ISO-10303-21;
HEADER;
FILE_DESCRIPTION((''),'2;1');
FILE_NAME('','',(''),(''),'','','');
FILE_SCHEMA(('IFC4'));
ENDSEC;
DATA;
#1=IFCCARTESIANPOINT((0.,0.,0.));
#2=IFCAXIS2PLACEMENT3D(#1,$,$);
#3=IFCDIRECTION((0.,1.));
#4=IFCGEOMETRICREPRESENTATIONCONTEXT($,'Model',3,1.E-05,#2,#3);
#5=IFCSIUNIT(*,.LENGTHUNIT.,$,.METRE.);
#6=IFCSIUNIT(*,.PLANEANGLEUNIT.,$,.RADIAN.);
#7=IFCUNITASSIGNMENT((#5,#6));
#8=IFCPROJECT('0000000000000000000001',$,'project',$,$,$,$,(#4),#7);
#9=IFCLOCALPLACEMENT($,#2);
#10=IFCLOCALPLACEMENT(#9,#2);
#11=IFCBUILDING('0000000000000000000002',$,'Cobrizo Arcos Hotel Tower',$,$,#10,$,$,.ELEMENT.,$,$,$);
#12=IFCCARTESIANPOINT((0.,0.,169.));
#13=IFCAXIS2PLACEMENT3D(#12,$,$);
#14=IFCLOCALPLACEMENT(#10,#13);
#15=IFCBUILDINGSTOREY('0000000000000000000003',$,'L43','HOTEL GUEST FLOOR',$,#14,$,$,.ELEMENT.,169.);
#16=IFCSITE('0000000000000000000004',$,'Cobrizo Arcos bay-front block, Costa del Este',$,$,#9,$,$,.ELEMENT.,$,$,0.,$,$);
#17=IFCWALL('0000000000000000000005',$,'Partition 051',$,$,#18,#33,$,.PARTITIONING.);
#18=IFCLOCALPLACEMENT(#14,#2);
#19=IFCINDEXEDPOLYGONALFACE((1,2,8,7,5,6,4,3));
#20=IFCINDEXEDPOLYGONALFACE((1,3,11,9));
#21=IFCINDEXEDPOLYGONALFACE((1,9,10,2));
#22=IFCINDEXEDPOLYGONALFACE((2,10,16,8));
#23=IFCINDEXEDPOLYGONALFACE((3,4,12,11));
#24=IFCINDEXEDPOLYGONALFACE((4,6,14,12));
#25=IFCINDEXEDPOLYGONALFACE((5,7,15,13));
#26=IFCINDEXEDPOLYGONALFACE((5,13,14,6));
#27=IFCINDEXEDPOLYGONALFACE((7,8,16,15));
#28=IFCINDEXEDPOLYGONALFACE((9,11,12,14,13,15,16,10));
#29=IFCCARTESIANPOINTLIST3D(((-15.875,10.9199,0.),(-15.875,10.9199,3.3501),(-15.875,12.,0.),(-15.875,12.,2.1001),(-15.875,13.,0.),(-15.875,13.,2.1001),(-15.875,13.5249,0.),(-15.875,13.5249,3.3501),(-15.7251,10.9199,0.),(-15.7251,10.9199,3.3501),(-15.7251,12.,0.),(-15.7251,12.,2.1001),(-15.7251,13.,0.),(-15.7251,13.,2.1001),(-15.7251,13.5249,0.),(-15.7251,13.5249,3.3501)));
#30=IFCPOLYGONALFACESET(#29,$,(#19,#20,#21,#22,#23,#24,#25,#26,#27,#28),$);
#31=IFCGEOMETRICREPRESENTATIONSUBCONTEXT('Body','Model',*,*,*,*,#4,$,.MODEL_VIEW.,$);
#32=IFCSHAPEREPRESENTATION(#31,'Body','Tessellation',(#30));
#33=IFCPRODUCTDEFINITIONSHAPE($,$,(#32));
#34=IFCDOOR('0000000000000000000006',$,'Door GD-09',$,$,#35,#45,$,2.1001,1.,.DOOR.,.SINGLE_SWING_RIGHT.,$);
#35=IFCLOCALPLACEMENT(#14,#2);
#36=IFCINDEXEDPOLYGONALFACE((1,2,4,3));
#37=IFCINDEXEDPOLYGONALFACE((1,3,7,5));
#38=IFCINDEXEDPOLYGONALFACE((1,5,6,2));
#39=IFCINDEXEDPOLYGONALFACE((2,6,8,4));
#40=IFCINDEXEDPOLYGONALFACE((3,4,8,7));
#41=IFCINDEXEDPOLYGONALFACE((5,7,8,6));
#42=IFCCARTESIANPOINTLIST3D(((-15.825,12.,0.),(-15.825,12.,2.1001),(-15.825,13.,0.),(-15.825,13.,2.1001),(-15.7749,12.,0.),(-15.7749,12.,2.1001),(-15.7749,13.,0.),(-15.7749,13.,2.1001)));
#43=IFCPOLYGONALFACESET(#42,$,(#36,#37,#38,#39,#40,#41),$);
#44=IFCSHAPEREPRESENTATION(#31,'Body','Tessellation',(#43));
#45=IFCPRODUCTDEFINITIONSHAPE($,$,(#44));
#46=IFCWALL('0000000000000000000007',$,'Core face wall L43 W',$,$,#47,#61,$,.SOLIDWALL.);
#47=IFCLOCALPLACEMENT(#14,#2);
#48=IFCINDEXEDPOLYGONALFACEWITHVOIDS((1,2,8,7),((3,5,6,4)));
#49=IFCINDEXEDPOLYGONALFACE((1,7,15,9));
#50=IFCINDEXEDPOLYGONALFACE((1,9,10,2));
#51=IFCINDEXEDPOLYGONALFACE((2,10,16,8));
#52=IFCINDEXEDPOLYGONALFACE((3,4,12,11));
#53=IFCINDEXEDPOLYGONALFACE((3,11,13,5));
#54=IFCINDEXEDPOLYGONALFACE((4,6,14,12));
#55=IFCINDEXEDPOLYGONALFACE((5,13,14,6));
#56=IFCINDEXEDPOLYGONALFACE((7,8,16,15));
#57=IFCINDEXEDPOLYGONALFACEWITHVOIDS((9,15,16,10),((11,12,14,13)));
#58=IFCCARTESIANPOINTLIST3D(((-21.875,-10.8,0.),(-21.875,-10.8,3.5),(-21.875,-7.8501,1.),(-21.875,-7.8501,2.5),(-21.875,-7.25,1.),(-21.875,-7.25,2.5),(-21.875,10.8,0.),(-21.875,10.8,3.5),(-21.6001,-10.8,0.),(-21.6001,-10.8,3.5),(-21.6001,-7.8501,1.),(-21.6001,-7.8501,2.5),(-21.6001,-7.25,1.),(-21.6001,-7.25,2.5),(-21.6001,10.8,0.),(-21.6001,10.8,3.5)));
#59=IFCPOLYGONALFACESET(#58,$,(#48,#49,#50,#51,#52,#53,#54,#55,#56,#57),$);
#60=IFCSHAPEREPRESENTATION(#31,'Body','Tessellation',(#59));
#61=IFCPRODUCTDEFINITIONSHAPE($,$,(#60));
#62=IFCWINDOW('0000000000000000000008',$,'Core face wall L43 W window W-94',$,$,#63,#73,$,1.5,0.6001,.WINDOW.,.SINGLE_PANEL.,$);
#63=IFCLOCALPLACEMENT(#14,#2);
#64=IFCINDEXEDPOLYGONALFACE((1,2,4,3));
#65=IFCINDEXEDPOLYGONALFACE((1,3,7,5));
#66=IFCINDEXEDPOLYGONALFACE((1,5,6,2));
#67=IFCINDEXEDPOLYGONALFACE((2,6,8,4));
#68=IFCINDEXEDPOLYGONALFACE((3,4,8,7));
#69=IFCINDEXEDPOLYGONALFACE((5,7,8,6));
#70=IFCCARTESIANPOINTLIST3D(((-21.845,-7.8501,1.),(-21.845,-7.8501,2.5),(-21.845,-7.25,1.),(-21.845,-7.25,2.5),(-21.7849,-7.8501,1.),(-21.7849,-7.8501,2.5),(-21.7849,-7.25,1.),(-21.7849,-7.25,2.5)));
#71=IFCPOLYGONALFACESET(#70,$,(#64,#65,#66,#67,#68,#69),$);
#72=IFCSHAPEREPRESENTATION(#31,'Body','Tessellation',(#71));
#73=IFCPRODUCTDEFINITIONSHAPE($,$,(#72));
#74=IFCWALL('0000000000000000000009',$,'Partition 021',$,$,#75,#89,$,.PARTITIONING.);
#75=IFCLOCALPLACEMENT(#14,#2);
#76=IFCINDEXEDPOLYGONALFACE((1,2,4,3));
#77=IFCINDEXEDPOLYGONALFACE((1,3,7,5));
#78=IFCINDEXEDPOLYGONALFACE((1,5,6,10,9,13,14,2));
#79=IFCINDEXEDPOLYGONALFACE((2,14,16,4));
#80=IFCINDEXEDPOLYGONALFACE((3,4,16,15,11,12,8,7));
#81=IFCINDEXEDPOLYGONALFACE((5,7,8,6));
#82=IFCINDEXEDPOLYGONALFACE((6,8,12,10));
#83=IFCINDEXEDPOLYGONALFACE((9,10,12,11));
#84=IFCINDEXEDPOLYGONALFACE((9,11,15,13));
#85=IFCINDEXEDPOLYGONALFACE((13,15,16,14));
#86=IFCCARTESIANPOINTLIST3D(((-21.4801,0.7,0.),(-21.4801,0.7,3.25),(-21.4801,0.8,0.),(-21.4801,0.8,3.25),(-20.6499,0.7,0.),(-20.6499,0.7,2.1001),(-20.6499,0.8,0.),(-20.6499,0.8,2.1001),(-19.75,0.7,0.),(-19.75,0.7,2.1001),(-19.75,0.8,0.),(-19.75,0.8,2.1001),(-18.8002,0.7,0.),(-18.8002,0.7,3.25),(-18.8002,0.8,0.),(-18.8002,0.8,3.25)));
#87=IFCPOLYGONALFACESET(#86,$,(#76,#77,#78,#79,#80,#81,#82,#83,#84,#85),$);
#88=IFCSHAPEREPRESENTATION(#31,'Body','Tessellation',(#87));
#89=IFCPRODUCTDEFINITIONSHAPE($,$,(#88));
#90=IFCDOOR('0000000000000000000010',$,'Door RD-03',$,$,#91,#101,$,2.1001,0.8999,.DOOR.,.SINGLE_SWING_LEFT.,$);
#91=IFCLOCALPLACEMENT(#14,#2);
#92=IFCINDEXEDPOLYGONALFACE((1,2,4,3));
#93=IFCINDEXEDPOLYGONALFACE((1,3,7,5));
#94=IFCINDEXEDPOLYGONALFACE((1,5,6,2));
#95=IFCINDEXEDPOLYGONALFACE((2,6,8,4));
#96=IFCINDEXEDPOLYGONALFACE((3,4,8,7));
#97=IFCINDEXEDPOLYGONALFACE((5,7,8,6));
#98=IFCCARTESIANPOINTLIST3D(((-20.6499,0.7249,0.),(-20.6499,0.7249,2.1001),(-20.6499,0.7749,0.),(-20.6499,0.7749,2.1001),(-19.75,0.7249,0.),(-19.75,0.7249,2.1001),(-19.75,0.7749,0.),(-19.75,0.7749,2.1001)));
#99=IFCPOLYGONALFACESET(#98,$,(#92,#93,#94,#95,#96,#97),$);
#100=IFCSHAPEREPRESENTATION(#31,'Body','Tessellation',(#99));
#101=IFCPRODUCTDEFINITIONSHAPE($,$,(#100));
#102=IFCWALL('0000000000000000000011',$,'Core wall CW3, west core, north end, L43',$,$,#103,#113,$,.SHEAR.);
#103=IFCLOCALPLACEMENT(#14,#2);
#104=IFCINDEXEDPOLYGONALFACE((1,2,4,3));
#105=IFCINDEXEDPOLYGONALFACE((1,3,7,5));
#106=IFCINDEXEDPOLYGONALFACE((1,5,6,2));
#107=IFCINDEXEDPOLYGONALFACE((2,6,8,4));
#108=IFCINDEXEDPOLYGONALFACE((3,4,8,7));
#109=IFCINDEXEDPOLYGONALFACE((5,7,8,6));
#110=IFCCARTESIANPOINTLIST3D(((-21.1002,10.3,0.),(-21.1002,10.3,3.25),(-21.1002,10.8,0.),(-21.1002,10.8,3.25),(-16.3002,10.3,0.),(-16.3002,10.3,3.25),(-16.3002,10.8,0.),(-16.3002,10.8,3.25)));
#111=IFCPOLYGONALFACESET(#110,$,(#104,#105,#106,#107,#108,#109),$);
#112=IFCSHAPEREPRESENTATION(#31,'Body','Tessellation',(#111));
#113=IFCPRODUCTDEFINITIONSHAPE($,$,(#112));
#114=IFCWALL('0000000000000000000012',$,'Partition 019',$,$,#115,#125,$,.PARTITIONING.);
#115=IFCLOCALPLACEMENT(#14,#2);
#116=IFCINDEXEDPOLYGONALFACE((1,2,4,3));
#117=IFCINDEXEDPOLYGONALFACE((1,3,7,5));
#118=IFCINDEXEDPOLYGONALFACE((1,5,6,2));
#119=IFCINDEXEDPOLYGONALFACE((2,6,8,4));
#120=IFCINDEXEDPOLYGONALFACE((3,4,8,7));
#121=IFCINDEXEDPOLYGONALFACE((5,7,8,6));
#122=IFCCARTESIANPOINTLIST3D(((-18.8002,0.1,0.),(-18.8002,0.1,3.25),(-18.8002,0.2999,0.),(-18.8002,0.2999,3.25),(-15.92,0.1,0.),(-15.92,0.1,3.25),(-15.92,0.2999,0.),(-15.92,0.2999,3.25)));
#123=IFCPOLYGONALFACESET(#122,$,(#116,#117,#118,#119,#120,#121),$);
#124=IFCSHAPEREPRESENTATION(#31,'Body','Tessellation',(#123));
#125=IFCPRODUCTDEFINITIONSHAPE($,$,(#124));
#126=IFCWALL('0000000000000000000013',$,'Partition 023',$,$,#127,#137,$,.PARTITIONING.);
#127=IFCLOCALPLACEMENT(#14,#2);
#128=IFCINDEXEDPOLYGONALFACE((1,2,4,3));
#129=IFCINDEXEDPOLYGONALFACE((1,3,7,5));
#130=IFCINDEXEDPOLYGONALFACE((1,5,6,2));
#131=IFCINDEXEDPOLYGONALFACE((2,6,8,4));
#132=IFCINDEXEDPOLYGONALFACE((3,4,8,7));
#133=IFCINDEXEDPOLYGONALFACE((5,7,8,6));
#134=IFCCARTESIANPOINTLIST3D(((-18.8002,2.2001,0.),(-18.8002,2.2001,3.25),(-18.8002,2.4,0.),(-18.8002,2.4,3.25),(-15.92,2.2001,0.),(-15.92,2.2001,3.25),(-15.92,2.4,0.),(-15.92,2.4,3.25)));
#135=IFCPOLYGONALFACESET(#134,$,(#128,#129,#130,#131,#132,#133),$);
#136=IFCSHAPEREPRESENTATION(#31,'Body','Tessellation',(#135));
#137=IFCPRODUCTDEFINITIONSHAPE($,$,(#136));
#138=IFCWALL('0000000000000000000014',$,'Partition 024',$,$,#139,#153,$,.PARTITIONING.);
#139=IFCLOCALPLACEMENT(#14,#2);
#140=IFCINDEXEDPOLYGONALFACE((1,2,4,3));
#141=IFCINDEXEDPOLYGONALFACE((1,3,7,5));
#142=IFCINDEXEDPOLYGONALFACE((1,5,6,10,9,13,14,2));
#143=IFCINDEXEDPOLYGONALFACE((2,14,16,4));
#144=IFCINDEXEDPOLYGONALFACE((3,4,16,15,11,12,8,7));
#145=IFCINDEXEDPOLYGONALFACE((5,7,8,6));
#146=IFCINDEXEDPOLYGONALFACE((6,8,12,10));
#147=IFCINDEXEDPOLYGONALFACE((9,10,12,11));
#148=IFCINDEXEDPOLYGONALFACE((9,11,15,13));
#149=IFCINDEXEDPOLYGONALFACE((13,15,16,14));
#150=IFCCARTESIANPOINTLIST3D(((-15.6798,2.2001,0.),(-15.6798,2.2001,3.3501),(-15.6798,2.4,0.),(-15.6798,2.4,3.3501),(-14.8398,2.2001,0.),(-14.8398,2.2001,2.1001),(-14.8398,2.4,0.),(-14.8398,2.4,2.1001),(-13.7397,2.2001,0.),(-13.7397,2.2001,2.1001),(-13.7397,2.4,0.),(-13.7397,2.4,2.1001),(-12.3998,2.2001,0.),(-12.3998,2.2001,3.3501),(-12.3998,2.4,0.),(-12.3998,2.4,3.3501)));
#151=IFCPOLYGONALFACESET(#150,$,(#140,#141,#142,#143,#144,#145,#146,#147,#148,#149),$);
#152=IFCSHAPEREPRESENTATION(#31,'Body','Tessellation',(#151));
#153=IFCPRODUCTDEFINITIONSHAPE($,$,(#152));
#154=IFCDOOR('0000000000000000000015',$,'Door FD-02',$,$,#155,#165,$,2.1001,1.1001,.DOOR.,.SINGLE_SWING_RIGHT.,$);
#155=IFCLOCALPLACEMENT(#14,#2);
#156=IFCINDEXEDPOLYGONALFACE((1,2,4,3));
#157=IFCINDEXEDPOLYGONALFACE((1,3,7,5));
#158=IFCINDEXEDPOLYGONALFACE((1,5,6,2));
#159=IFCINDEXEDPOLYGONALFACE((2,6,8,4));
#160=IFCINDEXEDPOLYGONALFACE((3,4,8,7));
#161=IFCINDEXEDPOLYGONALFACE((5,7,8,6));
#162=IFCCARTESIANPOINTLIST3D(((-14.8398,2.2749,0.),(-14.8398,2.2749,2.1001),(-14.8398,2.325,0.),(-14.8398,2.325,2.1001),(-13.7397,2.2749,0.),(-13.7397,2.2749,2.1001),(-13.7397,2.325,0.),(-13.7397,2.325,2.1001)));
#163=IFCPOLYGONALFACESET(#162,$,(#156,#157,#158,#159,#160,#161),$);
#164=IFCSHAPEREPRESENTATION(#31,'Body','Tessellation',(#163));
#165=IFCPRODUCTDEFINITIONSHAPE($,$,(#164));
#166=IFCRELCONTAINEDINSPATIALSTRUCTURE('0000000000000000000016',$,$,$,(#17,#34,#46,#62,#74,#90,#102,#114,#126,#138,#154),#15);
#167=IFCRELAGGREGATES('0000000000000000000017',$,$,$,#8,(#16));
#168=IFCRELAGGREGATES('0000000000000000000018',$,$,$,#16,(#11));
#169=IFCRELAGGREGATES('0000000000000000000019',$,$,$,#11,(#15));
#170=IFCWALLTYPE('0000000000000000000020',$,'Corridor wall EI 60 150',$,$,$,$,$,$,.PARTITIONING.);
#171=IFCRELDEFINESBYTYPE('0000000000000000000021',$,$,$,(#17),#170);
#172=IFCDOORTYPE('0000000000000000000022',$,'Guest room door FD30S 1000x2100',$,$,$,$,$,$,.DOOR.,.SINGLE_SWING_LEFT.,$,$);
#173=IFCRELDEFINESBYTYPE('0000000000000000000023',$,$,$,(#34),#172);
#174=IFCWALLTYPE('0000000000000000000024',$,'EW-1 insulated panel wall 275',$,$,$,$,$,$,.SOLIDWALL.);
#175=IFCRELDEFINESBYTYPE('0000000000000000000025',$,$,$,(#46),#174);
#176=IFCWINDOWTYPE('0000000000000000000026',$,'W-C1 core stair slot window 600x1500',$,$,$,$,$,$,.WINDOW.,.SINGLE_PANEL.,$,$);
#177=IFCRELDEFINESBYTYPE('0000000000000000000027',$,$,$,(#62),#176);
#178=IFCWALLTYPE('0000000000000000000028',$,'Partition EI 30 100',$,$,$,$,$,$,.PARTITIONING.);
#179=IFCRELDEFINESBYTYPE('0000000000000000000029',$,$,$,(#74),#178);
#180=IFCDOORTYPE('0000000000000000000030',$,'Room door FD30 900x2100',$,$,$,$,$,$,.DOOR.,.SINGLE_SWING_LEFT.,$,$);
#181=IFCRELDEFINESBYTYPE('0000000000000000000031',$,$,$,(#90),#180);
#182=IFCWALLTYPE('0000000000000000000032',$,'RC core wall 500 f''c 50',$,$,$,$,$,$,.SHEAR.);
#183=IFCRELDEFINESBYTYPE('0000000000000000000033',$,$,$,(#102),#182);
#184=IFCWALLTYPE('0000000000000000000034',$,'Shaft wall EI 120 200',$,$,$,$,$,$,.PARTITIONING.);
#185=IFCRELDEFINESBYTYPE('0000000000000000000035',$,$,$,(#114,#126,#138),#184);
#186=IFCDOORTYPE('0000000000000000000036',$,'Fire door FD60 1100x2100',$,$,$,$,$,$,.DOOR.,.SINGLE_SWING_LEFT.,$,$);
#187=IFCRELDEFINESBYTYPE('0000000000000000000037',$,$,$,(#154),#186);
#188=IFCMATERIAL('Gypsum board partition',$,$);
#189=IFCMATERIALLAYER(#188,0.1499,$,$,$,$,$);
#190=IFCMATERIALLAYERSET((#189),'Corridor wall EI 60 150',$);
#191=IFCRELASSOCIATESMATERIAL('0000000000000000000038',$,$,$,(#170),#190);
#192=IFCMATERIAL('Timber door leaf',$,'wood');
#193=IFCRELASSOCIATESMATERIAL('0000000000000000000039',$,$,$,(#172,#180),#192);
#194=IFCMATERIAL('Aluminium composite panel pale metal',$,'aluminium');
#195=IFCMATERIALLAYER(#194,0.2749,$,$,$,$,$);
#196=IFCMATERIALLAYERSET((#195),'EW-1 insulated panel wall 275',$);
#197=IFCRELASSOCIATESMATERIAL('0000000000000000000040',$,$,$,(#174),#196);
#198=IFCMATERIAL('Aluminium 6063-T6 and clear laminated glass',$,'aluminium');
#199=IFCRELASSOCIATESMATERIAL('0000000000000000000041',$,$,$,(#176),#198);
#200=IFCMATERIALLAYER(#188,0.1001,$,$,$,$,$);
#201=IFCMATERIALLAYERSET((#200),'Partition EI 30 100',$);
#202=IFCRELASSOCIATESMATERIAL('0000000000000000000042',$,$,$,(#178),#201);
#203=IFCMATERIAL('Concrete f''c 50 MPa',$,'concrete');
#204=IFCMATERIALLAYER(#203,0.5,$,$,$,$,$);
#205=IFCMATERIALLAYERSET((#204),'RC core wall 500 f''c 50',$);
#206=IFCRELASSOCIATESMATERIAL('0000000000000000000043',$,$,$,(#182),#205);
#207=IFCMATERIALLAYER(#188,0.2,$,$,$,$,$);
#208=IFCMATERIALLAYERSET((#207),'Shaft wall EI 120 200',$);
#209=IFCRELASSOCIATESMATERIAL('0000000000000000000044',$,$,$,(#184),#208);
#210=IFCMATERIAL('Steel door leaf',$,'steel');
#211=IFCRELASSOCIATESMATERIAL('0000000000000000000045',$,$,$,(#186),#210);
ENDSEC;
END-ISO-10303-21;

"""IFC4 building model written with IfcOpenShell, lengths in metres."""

from ifc_helpers import new_model, si_unit, direction, frame, frame_2d, origin, place, context, subcontext, project, spatial, rectangle, extrude, material, layer, layer_set, type_object, element, fill, save


model = new_model("IFC4")

# Units and contexts
model_context = context("Model", 3, precision=1e-05, world=origin(), true_north=direction((0.0, 1.0)))
body_context = subcontext(model_context, "Body", "Model", "MODEL_VIEW")
ifc_project = project(units=[si_unit("LENGTHUNIT", "METRE"), si_unit("PLANEANGLEUNIT", "RADIAN")], contexts=[model_context])

# Site, building, storey
site_placement = place(None, origin())
site = spatial("IfcSite", under=ifc_project, at=site_placement, Name="Cobrizo Arcos bay-front block, Costa del Este", CompositionType="ELEMENT", RefElevation=0.0)
building_placement = place(site_placement, origin())
building = spatial("IfcBuilding", under=site, at=building_placement, Name="Cobrizo Arcos Hotel Tower", CompositionType="ELEMENT")
storey_placement = place(building_placement, frame((0.0, 0.0, 169.0)))
storey = spatial("IfcBuildingStorey", under=building, at=storey_placement, Name="L43", Description="HOTEL GUEST FLOOR", CompositionType="ELEMENT", Elevation=169.0)

# Shared definitions
ifc_material_1 = material(Name="Aluminium composite panel pale metal", Category="aluminium")

# Wall, opening, door
ifc_material_2 = material(Name="Gypsum board partition")
ifc_layer_1 = layer(ifc_material_2, 0.1499)
ifc_layer_set_1 = layer_set([ifc_layer_1], Name="Corridor wall EI 60 150")
wall_type_1 = type_object("IfcWallType", Name="Corridor wall EI 60 150", PredefinedType="PARTITIONING", material=ifc_layer_set_1)
wall_1_placement = place(storey_placement, frame((-15.8, 10.9199, 0.0), z_axis=(0.0, 0.0, 1.0), x_axis=(0.0, 1.0, 0.0)))
wall_1 = element("IfcWall", 1, at=wall_1_placement, inside=storey, type_object=wall_type_1, Name="Partition 051", PredefinedType="PARTITIONING", context=body_context, shape_type="SweptSolid", body=[
    extrude(rectangle(XDim=2.605, YDim=0.1499, at=frame_2d((1.3025, 0.0))), origin(), (0.0, 0.0, 1.0), 3.3501),
])
opening_1_placement = place(wall_1_placement, frame((1.0801, 0.0, 0.0)))
opening_1 = element("IfcOpeningElement", 2, at=opening_1_placement, cuts=wall_1, PredefinedType="OPENING", context=body_context, shape_type="SweptSolid", body=[
    extrude(rectangle(XDim=1.0, YDim=2.1001, at=frame_2d((0.5, 1.05))), frame((0.0, 0.0869, 0.0), z_axis=(0.0, -1.0, 0.0), x_axis=(1.0, 0.0, 0.0)), (0.0, 0.0, 1.0), 0.1738),
])
ifc_material_3 = material(Name="Timber door leaf", Category="wood")
door_type_1 = type_object("IfcDoorType", Name="Guest room door FD30S 1000x2100", OperationType="SINGLE_SWING_LEFT", PredefinedType="DOOR", material=ifc_material_3)
door_1_placement = place(opening_1_placement, origin())
door_1 = element("IfcDoor", 3, at=door_1_placement, inside=storey, type_object=door_type_1, Name="Door GD-09", OperationType="SINGLE_SWING_RIGHT", OverallHeight=2.1001, OverallWidth=1.0, PredefinedType="DOOR", context=body_context, shape_type="SweptSolid", body=[
    extrude(rectangle(XDim=1.0, YDim=2.1001, at=frame_2d((0.5, 1.05))), frame((0.0, 0.0249, 0.0), z_axis=(0.0, -1.0, 0.0), x_axis=(1.0, 0.0, 0.0)), (0.0, 0.0, 1.0), 0.05),
])
fill(opening_1, door_1)

# Wall, opening, window
ifc_layer_2 = layer(ifc_material_1, 0.2749)
ifc_layer_set_2 = layer_set([ifc_layer_2], Name="EW-1 insulated panel wall 275")
wall_type_2 = type_object("IfcWallType", Name="EW-1 insulated panel wall 275", PredefinedType="SOLIDWALL", material=ifc_layer_set_2)
wall_2_placement = place(storey_placement, frame((-21.7375, 10.8, 0.0), z_axis=(0.0, 0.0, 1.0), x_axis=(0.0, -1.0, 0.0)))
wall_2 = element("IfcWall", 4, at=wall_2_placement, inside=storey, type_object=wall_type_2, Name="Core face wall L43 W", PredefinedType="SOLIDWALL", context=body_context, shape_type="SweptSolid", body=[
    extrude(rectangle(XDim=21.6001, YDim=0.2749, at=frame_2d((10.8, 0.0))), origin(), (0.0, 0.0, 1.0), 3.5),
])
opening_2_placement = place(wall_2_placement, frame((18.05, 0.0, 1.0)))
opening_2 = element("IfcOpeningElement", 5, at=opening_2_placement, cuts=wall_2, PredefinedType="OPENING", context=body_context, shape_type="SweptSolid", body=[
    extrude(rectangle(XDim=0.6001, YDim=1.5, at=frame_2d((0.3, 0.75))), frame((0.0, 0.1494, 0.0), z_axis=(0.0, -1.0, 0.0), x_axis=(1.0, 0.0, 0.0)), (0.0, 0.0, 1.0), 0.2988),
])
ifc_material_4 = material(Name="Aluminium 6063-T6 and clear laminated glass", Category="aluminium")
window_type = type_object("IfcWindowType", Name="W-C1 core stair slot window 600x1500", PartitioningType="SINGLE_PANEL", PredefinedType="WINDOW", material=ifc_material_4)
window_placement = place(opening_2_placement, origin())
window = element("IfcWindow", 6, at=window_placement, inside=storey, type_object=window_type, Name="Core face wall L43 W window W-94", OverallHeight=1.5, OverallWidth=0.6001, PartitioningType="SINGLE_PANEL", PredefinedType="WINDOW", context=body_context, shape_type="SweptSolid", body=[
    extrude(rectangle(XDim=0.6001, YDim=1.5, at=frame_2d((0.3, 0.75))), frame((0.0, -0.0474, 0.0), z_axis=(0.0, -1.0, 0.0), x_axis=(1.0, 0.0, 0.0)), (0.0, 0.0, 1.0), 0.0601),
])
fill(opening_2, window)

# Wall, opening, door
ifc_layer_3 = layer(ifc_material_2, 0.1001)
ifc_layer_set_3 = layer_set([ifc_layer_3], Name="Partition EI 30 100")
wall_type_3 = type_object("IfcWallType", Name="Partition EI 30 100", PredefinedType="PARTITIONING", material=ifc_layer_set_3)
wall_3_placement = place(storey_placement, frame((-21.48, 0.75, 0.0), z_axis=(0.0, 0.0, 1.0), x_axis=(1.0, 0.0, 0.0)))
wall_3 = element("IfcWall", 7, at=wall_3_placement, inside=storey, type_object=wall_type_3, Name="Partition 021", PredefinedType="PARTITIONING", context=body_context, shape_type="SweptSolid", body=[
    extrude(rectangle(XDim=2.6799, YDim=0.1001, at=frame_2d((1.3398, 0.0))), origin(), (0.0, 0.0, 1.0), 3.25),
])
opening_3_placement = place(wall_3_placement, frame((0.8301, 0.0, 0.0)))
opening_3 = element("IfcOpeningElement", 8, at=opening_3_placement, cuts=wall_3, PredefinedType="OPENING", context=body_context, shape_type="SweptSolid", body=[
    extrude(rectangle(XDim=0.8999, YDim=2.1001, at=frame_2d((0.45, 1.05))), frame((0.0, 0.062, 0.0), z_axis=(0.0, -1.0, 0.0), x_axis=(1.0, 0.0, 0.0)), (0.0, 0.0, 1.0), 0.124),
])
door_type_2 = type_object("IfcDoorType", Name="Room door FD30 900x2100", OperationType="SINGLE_SWING_LEFT", PredefinedType="DOOR", material=ifc_material_3)
door_2_placement = place(opening_3_placement, origin())
door_2 = element("IfcDoor", 9, at=door_2_placement, inside=storey, type_object=door_type_2, Name="Door RD-03", OperationType="SINGLE_SWING_LEFT", OverallHeight=2.1001, OverallWidth=0.8999, PredefinedType="DOOR", context=body_context, shape_type="SweptSolid", body=[
    extrude(rectangle(XDim=0.8999, YDim=2.1001, at=frame_2d((0.45, 1.05))), frame((0.0, 0.0249, 0.0), z_axis=(0.0, -1.0, 0.0), x_axis=(1.0, 0.0, 0.0)), (0.0, 0.0, 1.0), 0.05),
])
fill(opening_3, door_2)

# Walls
ifc_material_5 = material(Name="Concrete f'c 50 MPa", Category="concrete")
ifc_layer_4 = layer(ifc_material_5, 0.5)
ifc_layer_set_4 = layer_set([ifc_layer_4], Name="RC core wall 500 f'c 50")
wall_type_4 = type_object("IfcWallType", Name="RC core wall 500 f'c 50", PredefinedType="SHEAR", material=ifc_layer_set_4)
wall_4_placement = place(storey_placement, frame((-21.1001, 10.55, 0.0), z_axis=(0.0, 0.0, 1.0), x_axis=(1.0, 0.0, 0.0)))
element("IfcWall", 10, at=wall_4_placement, inside=storey, type_object=wall_type_4, Name="Core wall CW3, west core, north end, L43", PredefinedType="SHEAR", context=body_context, shape_type="SweptSolid", body=[
    extrude(rectangle(XDim=4.8, YDim=0.5, at=frame_2d((2.3999, 0.0))), origin(), (0.0, 0.0, 1.0), 3.25),
])
ifc_layer_5 = layer(ifc_material_2, 0.2)
ifc_layer_set_5 = layer_set([ifc_layer_5], Name="Shaft wall EI 120 200")
wall_type_5 = type_object("IfcWallType", Name="Shaft wall EI 120 200", PredefinedType="PARTITIONING", material=ifc_layer_set_5)
for number, where, z_axis, x_axis, name in (
    (11, (-18.8, 0.2, 0.0), (0.0, 0.0, 1.0), (1.0, 0.0, 0.0), "Partition 019"),
    (12, (-18.8, 2.3, 0.0), (0.0, 0.0, 1.0), (1.0, 0.0, 0.0), "Partition 023"),
):
    element("IfcWall", number, at=place(storey_placement, frame(where, z_axis=z_axis, x_axis=x_axis)), inside=storey, type_object=wall_type_5, Name=name, PredefinedType="PARTITIONING", context=body_context, shape_type="SweptSolid", body=[
        extrude(rectangle(XDim=2.8801, YDim=0.2, at=frame_2d((1.4399, 0.0))), origin(), (0.0, 0.0, 1.0), 3.25),
    ])

# Wall, opening, door
wall_5_placement = place(storey_placement, frame((-15.6799, 2.3, 0.0), z_axis=(0.0, 0.0, 1.0), x_axis=(1.0, 0.0, 0.0)))
wall_5 = element("IfcWall", 13, at=wall_5_placement, inside=storey, type_object=wall_type_5, Name="Partition 024", PredefinedType="PARTITIONING", context=body_context, shape_type="SweptSolid", body=[
    extrude(rectangle(XDim=3.28, YDim=0.2, at=frame_2d((1.6401, 0.0))), origin(), (0.0, 0.0, 1.0), 3.3501),
])
opening_4_placement = place(wall_5_placement, frame((0.8401, 0.0, 0.0)))
opening_4 = element("IfcOpeningElement", 14, at=opening_4_placement, cuts=wall_5, PredefinedType="OPENING", context=body_context, shape_type="SweptSolid", body=[
    extrude(rectangle(XDim=1.1001, YDim=2.1001, at=frame_2d((0.55, 1.05))), frame((0.0, 0.1121, 0.0), z_axis=(0.0, -1.0, 0.0), x_axis=(1.0, 0.0, 0.0)), (0.0, 0.0, 1.0), 0.2239),
])
ifc_material_6 = material(Name="Steel door leaf", Category="steel")
door_type_3 = type_object("IfcDoorType", Name="Fire door FD60 1100x2100", OperationType="SINGLE_SWING_LEFT", PredefinedType="DOOR", material=ifc_material_6)
door_3_placement = place(opening_4_placement, origin())
door_3 = element("IfcDoor", 15, at=door_3_placement, inside=storey, type_object=door_type_3, Name="Door FD-02", OperationType="SINGLE_SWING_RIGHT", OverallHeight=2.1001, OverallWidth=1.1001, PredefinedType="DOOR", context=body_context, shape_type="SweptSolid", body=[
    extrude(rectangle(XDim=1.1001, YDim=2.1001, at=frame_2d((0.55, 1.05))), frame((0.0, 0.0249, 0.0), z_axis=(0.0, -1.0, 0.0), x_axis=(1.0, 0.0, 0.0)), (0.0, 0.0, 1.0), 0.05),
])
fill(opening_4, door_3)

save(model, "model.ifc")
